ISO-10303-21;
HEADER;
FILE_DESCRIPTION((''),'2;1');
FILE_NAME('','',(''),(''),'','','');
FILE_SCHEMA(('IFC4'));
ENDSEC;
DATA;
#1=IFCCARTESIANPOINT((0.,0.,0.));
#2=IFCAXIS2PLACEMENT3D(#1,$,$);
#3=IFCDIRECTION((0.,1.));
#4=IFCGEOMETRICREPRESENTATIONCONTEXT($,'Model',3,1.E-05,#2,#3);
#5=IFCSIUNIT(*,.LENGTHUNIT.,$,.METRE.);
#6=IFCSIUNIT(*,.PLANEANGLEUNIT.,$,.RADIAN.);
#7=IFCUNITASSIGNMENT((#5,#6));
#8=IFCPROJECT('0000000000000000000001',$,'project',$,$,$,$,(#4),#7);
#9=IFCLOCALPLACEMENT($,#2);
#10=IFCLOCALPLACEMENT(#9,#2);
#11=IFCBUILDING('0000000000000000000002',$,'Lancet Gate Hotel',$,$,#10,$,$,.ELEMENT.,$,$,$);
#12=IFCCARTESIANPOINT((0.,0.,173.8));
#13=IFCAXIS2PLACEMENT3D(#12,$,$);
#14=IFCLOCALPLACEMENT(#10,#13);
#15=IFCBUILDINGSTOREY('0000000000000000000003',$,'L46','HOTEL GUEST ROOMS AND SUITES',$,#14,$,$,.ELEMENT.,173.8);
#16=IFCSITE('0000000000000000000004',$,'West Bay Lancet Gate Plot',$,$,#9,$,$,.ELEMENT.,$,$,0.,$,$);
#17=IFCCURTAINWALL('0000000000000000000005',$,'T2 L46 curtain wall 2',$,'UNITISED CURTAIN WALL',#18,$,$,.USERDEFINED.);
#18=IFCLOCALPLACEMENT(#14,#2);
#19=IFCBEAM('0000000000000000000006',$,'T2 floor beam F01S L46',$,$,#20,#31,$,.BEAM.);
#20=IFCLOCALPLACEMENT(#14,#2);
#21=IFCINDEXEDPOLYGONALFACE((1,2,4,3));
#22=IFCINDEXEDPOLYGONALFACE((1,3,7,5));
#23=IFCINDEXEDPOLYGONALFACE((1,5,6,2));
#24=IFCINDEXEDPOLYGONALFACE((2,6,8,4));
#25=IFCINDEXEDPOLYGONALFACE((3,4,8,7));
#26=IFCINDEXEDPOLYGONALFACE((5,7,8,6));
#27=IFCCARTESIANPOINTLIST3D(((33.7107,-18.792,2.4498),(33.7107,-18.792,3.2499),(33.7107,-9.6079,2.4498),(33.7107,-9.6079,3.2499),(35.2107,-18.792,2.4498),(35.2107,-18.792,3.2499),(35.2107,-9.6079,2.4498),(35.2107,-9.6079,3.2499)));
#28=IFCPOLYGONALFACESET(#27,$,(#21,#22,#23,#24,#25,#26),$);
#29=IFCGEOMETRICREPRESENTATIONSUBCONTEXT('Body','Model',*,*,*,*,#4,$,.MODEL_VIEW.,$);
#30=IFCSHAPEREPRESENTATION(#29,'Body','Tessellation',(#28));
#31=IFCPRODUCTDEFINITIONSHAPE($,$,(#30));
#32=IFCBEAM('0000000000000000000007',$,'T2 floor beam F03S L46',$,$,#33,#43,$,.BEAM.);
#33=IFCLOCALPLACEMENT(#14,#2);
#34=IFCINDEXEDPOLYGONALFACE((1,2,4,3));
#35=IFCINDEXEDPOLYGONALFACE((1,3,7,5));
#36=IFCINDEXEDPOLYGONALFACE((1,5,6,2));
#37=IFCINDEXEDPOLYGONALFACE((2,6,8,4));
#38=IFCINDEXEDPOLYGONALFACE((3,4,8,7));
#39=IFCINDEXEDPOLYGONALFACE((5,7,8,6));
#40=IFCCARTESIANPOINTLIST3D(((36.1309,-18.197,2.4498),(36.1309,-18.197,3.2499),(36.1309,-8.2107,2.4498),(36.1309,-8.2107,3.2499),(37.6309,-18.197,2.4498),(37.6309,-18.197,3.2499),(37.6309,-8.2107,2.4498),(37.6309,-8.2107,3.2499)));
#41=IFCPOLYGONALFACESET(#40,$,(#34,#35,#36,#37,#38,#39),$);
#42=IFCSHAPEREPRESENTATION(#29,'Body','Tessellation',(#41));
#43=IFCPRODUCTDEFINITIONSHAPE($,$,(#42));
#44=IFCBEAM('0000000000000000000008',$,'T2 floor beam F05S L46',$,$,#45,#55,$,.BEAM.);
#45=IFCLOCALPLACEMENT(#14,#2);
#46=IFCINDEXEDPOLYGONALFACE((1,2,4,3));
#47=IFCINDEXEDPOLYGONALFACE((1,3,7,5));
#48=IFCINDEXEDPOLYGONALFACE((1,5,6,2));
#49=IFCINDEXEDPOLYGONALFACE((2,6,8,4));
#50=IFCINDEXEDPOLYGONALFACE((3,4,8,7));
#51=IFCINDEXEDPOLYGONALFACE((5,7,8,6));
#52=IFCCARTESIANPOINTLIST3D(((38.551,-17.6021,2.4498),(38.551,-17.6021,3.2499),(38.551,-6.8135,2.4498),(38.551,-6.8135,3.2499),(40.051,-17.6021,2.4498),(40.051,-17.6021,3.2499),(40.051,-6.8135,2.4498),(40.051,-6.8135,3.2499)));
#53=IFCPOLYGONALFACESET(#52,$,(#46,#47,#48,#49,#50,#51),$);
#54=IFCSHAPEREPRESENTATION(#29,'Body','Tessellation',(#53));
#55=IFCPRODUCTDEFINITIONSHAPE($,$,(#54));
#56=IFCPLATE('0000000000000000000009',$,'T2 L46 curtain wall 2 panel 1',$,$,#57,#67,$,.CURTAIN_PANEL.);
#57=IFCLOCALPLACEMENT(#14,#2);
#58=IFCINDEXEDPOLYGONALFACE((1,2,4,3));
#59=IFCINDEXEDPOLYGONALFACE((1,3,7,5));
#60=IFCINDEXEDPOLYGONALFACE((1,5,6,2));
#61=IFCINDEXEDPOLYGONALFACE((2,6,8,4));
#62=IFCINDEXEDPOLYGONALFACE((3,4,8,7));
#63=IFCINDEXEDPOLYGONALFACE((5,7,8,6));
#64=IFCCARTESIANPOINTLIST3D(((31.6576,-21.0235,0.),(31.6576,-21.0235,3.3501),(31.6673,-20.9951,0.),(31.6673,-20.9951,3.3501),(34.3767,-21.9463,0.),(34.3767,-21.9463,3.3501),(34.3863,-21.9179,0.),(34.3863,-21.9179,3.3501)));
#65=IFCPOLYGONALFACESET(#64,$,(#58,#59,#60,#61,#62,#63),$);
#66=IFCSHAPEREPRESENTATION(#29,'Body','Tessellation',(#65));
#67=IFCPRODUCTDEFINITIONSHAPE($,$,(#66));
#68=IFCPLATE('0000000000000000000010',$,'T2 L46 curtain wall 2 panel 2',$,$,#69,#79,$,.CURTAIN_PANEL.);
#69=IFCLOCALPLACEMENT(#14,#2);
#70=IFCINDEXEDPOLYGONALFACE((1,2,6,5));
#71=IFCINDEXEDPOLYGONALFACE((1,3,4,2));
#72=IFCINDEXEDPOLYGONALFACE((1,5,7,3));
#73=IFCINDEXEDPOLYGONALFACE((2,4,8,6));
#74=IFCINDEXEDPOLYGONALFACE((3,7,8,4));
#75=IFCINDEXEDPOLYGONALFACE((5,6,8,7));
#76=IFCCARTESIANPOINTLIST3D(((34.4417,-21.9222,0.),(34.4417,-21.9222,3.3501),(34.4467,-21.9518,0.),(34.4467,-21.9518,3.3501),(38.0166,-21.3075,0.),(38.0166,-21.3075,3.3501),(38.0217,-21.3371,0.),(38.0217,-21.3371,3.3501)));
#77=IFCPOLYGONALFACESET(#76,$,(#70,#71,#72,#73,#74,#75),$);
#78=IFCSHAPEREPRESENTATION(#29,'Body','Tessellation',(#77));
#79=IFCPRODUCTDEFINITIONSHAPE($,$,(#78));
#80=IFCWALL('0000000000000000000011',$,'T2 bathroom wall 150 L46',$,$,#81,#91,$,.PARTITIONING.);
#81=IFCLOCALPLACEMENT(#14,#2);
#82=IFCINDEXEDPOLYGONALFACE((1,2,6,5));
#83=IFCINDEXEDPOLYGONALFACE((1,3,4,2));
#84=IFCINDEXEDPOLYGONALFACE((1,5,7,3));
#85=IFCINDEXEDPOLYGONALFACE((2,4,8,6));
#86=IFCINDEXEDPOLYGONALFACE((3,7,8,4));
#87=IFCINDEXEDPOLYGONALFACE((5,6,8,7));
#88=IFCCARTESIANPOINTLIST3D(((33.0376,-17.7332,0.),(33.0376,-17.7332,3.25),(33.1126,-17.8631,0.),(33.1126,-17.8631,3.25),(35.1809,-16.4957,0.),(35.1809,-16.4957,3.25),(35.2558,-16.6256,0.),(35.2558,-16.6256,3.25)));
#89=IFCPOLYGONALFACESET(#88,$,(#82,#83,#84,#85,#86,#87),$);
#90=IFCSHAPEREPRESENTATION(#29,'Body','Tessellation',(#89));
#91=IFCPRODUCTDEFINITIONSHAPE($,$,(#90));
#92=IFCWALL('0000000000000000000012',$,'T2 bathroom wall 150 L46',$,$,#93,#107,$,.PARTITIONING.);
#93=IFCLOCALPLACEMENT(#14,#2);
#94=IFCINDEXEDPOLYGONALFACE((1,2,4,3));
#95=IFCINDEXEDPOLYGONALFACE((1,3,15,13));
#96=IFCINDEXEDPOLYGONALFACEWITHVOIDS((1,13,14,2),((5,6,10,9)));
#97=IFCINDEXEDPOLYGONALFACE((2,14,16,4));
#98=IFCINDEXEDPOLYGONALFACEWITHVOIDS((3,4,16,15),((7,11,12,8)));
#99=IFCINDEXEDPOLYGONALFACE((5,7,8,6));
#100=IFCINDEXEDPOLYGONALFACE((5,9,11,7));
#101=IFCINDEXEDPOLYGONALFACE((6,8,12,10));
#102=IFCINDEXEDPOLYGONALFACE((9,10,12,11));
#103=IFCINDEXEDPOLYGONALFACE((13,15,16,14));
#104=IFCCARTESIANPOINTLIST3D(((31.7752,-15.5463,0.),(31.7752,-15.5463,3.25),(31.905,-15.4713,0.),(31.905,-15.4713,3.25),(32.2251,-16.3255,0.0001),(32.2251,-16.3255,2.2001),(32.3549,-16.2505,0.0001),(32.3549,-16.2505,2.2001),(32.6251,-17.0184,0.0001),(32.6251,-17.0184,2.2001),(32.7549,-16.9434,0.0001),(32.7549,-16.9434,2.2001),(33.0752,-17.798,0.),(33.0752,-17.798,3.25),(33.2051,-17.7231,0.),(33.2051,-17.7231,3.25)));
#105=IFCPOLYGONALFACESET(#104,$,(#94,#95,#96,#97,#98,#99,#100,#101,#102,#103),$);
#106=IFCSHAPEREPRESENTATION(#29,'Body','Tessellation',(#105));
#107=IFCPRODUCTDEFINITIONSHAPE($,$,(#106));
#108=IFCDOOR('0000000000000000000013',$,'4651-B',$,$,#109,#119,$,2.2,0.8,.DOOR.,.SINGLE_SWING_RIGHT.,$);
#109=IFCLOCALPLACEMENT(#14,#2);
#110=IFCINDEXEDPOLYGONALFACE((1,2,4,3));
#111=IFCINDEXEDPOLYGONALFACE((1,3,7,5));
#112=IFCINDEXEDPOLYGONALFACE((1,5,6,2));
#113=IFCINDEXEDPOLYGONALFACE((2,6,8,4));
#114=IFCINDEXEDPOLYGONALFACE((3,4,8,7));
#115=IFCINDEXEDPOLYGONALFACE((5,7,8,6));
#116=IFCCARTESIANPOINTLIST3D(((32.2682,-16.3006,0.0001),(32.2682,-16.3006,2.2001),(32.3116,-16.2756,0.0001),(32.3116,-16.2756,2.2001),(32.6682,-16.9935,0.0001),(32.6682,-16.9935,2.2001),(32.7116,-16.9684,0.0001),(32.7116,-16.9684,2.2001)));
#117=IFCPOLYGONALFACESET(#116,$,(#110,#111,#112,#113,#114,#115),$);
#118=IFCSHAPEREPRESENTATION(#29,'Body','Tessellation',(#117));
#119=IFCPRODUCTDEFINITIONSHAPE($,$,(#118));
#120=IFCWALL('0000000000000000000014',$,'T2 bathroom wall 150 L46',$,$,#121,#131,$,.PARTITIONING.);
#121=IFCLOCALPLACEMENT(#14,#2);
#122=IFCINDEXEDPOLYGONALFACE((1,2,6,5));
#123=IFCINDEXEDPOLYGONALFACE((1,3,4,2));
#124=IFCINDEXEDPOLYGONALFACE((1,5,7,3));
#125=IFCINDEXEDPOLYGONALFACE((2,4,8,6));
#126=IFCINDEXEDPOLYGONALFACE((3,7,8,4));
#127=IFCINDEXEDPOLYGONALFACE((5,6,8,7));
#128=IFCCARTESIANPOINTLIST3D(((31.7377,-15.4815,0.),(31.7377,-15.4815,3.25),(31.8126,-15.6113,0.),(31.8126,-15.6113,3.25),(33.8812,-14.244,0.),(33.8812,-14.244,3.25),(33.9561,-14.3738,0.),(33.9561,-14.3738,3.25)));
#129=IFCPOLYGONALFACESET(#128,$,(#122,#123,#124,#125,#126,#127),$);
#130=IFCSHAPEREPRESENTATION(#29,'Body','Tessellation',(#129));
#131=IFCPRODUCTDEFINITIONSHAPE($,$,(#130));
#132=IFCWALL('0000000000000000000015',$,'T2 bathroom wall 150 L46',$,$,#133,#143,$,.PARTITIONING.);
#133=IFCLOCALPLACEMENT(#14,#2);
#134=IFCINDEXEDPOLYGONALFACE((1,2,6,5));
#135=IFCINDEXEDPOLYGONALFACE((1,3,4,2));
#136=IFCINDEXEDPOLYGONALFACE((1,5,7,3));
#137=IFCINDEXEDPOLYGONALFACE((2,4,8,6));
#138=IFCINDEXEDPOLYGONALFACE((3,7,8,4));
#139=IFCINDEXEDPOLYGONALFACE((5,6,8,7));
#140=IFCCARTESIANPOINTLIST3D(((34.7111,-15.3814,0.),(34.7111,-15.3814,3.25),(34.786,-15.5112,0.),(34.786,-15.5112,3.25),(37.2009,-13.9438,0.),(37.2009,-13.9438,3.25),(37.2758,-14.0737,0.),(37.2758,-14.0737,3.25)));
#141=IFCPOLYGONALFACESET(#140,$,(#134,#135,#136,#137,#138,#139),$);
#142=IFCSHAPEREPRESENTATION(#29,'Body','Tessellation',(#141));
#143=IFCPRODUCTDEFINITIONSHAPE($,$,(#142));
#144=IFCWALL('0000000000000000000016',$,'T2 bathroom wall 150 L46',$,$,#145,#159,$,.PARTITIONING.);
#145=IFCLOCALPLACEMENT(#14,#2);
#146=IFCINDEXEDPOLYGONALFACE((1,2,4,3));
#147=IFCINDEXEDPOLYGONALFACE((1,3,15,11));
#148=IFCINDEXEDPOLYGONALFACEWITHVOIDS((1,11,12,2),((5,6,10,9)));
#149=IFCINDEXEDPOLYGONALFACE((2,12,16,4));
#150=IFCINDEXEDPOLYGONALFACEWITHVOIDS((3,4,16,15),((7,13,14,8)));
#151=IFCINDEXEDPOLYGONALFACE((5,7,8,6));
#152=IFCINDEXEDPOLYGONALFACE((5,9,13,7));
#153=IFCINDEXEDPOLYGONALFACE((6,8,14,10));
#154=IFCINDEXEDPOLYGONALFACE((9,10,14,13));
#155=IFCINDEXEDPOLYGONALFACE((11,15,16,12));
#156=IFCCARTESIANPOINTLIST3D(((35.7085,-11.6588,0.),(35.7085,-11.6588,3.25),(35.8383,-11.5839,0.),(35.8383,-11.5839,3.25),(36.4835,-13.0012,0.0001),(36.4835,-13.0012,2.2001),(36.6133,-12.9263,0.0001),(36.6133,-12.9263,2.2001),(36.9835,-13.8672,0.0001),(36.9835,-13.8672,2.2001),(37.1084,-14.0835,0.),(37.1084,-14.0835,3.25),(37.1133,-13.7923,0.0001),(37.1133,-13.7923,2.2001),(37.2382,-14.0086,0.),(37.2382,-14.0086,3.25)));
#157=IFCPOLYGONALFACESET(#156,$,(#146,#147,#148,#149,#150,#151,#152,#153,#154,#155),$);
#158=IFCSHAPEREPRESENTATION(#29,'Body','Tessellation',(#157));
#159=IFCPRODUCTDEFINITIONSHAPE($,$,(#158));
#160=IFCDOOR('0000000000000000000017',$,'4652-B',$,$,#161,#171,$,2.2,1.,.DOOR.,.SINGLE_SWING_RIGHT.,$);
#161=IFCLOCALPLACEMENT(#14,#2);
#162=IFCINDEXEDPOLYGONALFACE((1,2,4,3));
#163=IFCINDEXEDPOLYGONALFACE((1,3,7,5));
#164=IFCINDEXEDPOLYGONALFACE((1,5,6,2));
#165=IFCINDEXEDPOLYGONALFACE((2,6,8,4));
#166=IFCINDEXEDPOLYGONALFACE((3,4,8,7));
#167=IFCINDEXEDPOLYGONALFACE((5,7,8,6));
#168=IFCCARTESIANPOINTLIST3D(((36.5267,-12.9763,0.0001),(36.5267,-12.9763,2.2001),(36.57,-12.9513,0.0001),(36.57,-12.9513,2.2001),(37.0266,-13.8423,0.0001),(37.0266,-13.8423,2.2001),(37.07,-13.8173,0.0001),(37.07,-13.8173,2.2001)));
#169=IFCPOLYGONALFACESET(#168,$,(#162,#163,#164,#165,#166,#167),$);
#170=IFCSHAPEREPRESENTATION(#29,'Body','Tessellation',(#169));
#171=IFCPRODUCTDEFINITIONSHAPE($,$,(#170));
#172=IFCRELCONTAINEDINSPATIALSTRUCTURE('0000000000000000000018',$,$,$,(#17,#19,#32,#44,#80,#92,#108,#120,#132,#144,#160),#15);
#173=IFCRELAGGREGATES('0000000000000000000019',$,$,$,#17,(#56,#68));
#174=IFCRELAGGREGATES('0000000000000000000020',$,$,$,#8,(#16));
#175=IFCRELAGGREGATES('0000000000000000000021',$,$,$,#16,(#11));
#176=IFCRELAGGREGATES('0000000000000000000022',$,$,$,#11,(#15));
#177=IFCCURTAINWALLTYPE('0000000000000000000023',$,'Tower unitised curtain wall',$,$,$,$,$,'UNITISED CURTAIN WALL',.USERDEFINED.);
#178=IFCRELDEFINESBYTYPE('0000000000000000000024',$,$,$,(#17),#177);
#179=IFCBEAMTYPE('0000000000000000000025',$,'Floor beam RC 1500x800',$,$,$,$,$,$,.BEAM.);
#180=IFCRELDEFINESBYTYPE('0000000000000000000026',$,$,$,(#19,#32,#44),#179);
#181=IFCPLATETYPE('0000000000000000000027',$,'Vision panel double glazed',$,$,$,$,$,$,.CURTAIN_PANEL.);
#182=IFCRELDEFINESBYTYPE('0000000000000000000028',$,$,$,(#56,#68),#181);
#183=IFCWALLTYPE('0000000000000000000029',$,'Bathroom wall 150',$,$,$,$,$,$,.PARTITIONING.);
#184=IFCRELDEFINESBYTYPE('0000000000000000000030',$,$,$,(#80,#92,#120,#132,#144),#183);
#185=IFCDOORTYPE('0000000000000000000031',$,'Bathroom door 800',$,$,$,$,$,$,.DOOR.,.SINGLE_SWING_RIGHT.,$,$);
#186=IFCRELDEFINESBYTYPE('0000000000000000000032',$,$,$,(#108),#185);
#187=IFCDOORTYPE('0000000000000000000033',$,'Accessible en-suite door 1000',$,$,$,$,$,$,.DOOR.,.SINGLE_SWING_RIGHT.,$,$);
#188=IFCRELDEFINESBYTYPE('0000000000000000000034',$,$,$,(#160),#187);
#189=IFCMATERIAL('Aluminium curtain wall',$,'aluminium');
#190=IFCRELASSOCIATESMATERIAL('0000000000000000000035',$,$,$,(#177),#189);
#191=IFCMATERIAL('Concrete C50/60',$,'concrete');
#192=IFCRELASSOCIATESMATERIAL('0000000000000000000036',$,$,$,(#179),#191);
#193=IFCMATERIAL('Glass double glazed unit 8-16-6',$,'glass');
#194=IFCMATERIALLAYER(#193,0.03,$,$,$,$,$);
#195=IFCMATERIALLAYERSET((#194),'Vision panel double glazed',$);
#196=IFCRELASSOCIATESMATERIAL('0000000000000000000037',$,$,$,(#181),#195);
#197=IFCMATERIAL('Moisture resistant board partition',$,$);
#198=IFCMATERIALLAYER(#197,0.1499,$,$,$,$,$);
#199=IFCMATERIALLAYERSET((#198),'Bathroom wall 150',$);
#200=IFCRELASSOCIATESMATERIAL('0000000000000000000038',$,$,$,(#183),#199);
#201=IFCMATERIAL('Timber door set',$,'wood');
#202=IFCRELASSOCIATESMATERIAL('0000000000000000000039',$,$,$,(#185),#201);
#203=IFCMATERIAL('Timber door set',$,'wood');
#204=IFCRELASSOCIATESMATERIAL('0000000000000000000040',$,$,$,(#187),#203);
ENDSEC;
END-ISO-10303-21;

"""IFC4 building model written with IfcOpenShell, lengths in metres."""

from ifc_helpers import new_model, si_unit, direction, frame, frame_2d, origin, origin_2d, place, context, subcontext, project, spatial, rectangle, extrude, material, layer, layer_set, material_profile, profile_set, type_object, element, fill, aggregate, save


model = new_model("IFC4")

# Units and contexts
model_context = context("Model", 3, precision=1e-05, world=origin(), true_north=direction((0.0, 1.0)))
body_context = subcontext(model_context, "Body", "Model", "MODEL_VIEW")
ifc_project = project(units=[si_unit("LENGTHUNIT", "METRE"), si_unit("PLANEANGLEUNIT", "RADIAN")], contexts=[model_context])

# Site, building, storey
site_placement = place(None, origin())
site = spatial("IfcSite", under=ifc_project, at=site_placement, Name="West Bay Lancet Gate Plot", CompositionType="ELEMENT", RefElevation=0.0)
building_placement = place(site_placement, origin())
building = spatial("IfcBuilding", under=site, at=building_placement, Name="Lancet Gate Hotel", CompositionType="ELEMENT")
storey_placement = place(building_placement, frame((0.0, 0.0, 173.8)))
storey = spatial("IfcBuildingStorey", under=building, at=storey_placement, Name="L46", Description="HOTEL GUEST ROOMS AND SUITES", CompositionType="ELEMENT", Elevation=173.8)

# Curtain wall
ifc_material_1 = material(Name="Aluminium curtain wall", Category="aluminium")
curtain_wall_type = type_object("IfcCurtainWallType", Name="Tower unitised curtain wall", ElementType="UNITISED CURTAIN WALL", PredefinedType="USERDEFINED", material=ifc_material_1)
curtain_wall_placement = place(storey_placement, origin())
curtain_wall = element("IfcCurtainWall", 1, at=curtain_wall_placement, inside=storey, type_object=curtain_wall_type, Name="T2 L46 curtain wall 2", ObjectType="UNITISED CURTAIN WALL", PredefinedType="USERDEFINED")

# Beams
ifc_material_2 = material(Name="Concrete C50/60", Category="concrete")
ifc_material_profile_1 = material_profile(ifc_material_2, rectangle(XDim=1.5, YDim=0.8, at=origin_2d()), Name="RC 1500x800")
ifc_profile_set_1 = profile_set([ifc_material_profile_1], Name="Concrete C50/60")
beam_type_1 = type_object("IfcBeamType", Name="Floor beam RC 1500x800", PredefinedType="BEAM", material=ifc_profile_set_1)
beam_1_placement = place(storey_placement, frame((34.4607, -18.792, 2.8499), z_axis=(0.0, 1.0, 0.0), x_axis=(-1.0, 0.0, 0.0)))
element("IfcBeam", 2, at=beam_1_placement, inside=storey, type_object=beam_type_1, Name="T2 floor beam F01S L46", PredefinedType="BEAM", context=body_context, shape_type="SweptSolid", body=[
    extrude(rectangle(XDim=1.5, YDim=0.8, at=origin_2d()), origin(), (0.0, 0.0, 1.0), 9.1841),
])
beam_2_placement = place(storey_placement, frame((36.8809, -18.197, 2.8499), z_axis=(0.0, 1.0, 0.0), x_axis=(-1.0, 0.0, 0.0)))
element("IfcBeam", 3, at=beam_2_placement, inside=storey, type_object=beam_type_1, Name="T2 floor beam F03S L46", PredefinedType="BEAM", context=body_context, shape_type="SweptSolid", body=[
    extrude(rectangle(XDim=1.5, YDim=0.8, at=origin_2d()), origin(), (0.0, 0.0, 1.0), 9.9863),
])
beam_3_placement = place(storey_placement, frame((39.301, -17.6021, 2.8499), z_axis=(0.0, 1.0, 0.0), x_axis=(-1.0, 0.0, 0.0)))
element("IfcBeam", 4, at=beam_3_placement, inside=storey, type_object=beam_type_1, Name="T2 floor beam F05S L46", PredefinedType="BEAM", context=body_context, shape_type="SweptSolid", body=[
    extrude(rectangle(XDim=1.5, YDim=0.8, at=origin_2d()), origin(), (0.0, 0.0, 1.0), 10.7886),
])

# Plates
ifc_material_3 = material(Name="Glass double glazed unit 8-16-6", Category="glass")
ifc_layer_1 = layer(ifc_material_3, 0.03)
ifc_layer_set_1 = layer_set([ifc_layer_1], Name="Vision panel double glazed")
plate_type = type_object("IfcPlateType", Name="Vision panel double glazed", PredefinedType="CURTAIN_PANEL", material=ifc_layer_set_1)
plate_1_placement = place(storey_placement, frame((33.022, -21.4707, 0.0), z_axis=(0.0, 0.0, 1.0), x_axis=(0.946952, -0.321374, 0.0)))
plate_1 = element("IfcPlate", 5, at=plate_1_placement, type_object=plate_type, Name="T2 L46 curtain wall 2 panel 1", PredefinedType="CURTAIN_PANEL", context=body_context, shape_type="SweptSolid", body=[
    extrude(rectangle(XDim=2.8713, YDim=0.03, at=origin_2d()), origin(), (0.0, 0.0, 1.0), 3.3501),
])
plate_2_placement = place(storey_placement, frame((36.2317, -21.6296, 0.0), z_axis=(0.0, 0.0, 1.0), x_axis=(0.98554, 0.169445, 0.0)))
plate_2 = element("IfcPlate", 6, at=plate_2_placement, type_object=plate_type, Name="T2 L46 curtain wall 2 panel 2", PredefinedType="CURTAIN_PANEL", context=body_context, shape_type="SweptSolid", body=[
    extrude(rectangle(XDim=3.6274, YDim=0.03, at=origin_2d()), origin(), (0.0, 0.0, 1.0), 3.3501),
])
aggregate(curtain_wall, [plate_1, plate_2])

# Wall
ifc_material_4 = material(Name="Moisture resistant board partition")
ifc_layer_2 = layer(ifc_material_4, 0.1499)
ifc_layer_set_2 = layer_set([ifc_layer_2], Name="Bathroom wall 150")
wall_type_1 = type_object("IfcWallType", Name="Bathroom wall 150", PredefinedType="PARTITIONING", material=ifc_layer_set_2)
wall_1_placement = place(storey_placement, frame((33.0752, -17.7981, 0.0), z_axis=(0.0, 0.0, 1.0), x_axis=(0.866007, 0.500033, 0.0)))
element("IfcWall", 7, at=wall_1_placement, inside=storey, type_object=wall_type_1, Name="T2 bathroom wall 150 L46", PredefinedType="PARTITIONING", context=body_context, shape_type="SweptSolid", body=[
    extrude(rectangle(XDim=2.4749, YDim=0.1499, at=frame_2d((1.2373, 0.0))), origin(), (0.0, 0.0, 1.0), 3.25),
])

# Wall, opening, door
wall_2_placement = place(storey_placement, frame((31.8401, -15.5088, 0.0), z_axis=(0.0, 0.0, 1.0), x_axis=(0.500007, -0.866021, 0.0)))
wall_2 = element("IfcWall", 8, at=wall_2_placement, inside=storey, type_object=wall_type_1, Name="T2 bathroom wall 150 L46", PredefinedType="PARTITIONING", context=body_context, shape_type="SweptSolid", body=[
    extrude(rectangle(XDim=2.6001, YDim=0.1499, at=frame_2d((1.3, 0.0))), origin(), (0.0, 0.0, 1.0), 3.25),
])
opening_1_placement = place(wall_2_placement, frame((0.8999, 0.0, 0.0)))
opening_1 = element("IfcOpeningElement", 9, at=opening_1_placement, cuts=wall_2, PredefinedType="OPENING", context=body_context, shape_type="SweptSolid", body=[
    extrude(rectangle(XDim=0.8, YDim=2.2, at=frame_2d((0.3999, 1.1001))), frame((0.0, 0.085, 0.0), z_axis=(0.0, -1.0, 0.0), x_axis=(1.0, 0.0, 0.0)), (0.0, 0.0, 1.0), 0.1699),
])
ifc_material_5 = material(Name="Timber door set", Category="wood")
door_type_1 = type_object("IfcDoorType", Name="Bathroom door 800", OperationType="SINGLE_SWING_RIGHT", PredefinedType="DOOR", material=ifc_material_5)
door_1_placement = place(opening_1_placement, origin())
door_1 = element("IfcDoor", 10, at=door_1_placement, inside=storey, type_object=door_type_1, Name="4651-B", OperationType="SINGLE_SWING_RIGHT", OverallHeight=2.2, OverallWidth=0.8, PredefinedType="DOOR", context=body_context, shape_type="SweptSolid", body=[
    extrude(rectangle(XDim=0.8, YDim=2.2, at=frame_2d((0.3999, 1.1001))), frame((0.0, 0.0249, 0.0), z_axis=(0.0, -1.0, 0.0), x_axis=(1.0, 0.0, 0.0)), (0.0, 0.0, 1.0), 0.05),
])
fill(opening_1, door_1)

# Walls
wall_3_placement = place(storey_placement, frame((31.7751, -15.5464, 0.0), z_axis=(0.0, 0.0, 1.0), x_axis=(0.866031, 0.49999, 0.0)))
element("IfcWall", 11, at=wall_3_placement, inside=storey, type_object=wall_type_1, Name="T2 bathroom wall 150 L46", PredefinedType="PARTITIONING", context=body_context, shape_type="SweptSolid", body=[
    extrude(rectangle(XDim=2.4751, YDim=0.1499, at=frame_2d((1.2375, 0.0))), origin(), (0.0, 0.0, 1.0), 3.25),
])
wall_4_placement = place(storey_placement, frame((34.7485, -15.4463, 0.0), z_axis=(0.0, 0.0, 1.0), x_axis=(0.866019, 0.500012, 0.0)))
element("IfcWall", 12, at=wall_4_placement, inside=storey, type_object=wall_type_1, Name="T2 bathroom wall 150 L46", PredefinedType="PARTITIONING", context=body_context, shape_type="SweptSolid", body=[
    extrude(rectangle(XDim=2.875, YDim=0.1499, at=frame_2d((1.4375, 0.0))), origin(), (0.0, 0.0, 1.0), 3.25),
])

# Wall, opening, door
wall_5_placement = place(storey_placement, frame((35.7734, -11.6213, 0.0), z_axis=(0.0, 0.0, 1.0), x_axis=(0.499984, -0.866035, 0.0)))
wall_5 = element("IfcWall", 13, at=wall_5_placement, inside=storey, type_object=wall_type_1, Name="T2 bathroom wall 150 L46", PredefinedType="PARTITIONING", context=body_context, shape_type="SweptSolid", body=[
    extrude(rectangle(XDim=2.7998, YDim=0.1499, at=frame_2d((1.3999, 0.0))), origin(), (0.0, 0.0, 1.0), 3.25),
])
opening_2_placement = place(wall_5_placement, frame((1.55, 0.0, 0.0)))
opening_2 = element("IfcOpeningElement", 14, at=opening_2_placement, cuts=wall_5, PredefinedType="OPENING", context=body_context, shape_type="SweptSolid", body=[
    extrude(rectangle(XDim=1.0, YDim=2.2, at=frame_2d((0.5, 1.1001))), frame((0.0, 0.085, 0.0), z_axis=(0.0, -1.0, 0.0), x_axis=(1.0, 0.0, 0.0)), (0.0, 0.0, 1.0), 0.1699),
])
ifc_material_6 = material(Name="Timber door set", Category="wood")
door_type_2 = type_object("IfcDoorType", Name="Accessible en-suite door 1000", OperationType="SINGLE_SWING_RIGHT", PredefinedType="DOOR", material=ifc_material_6)
door_2_placement = place(opening_2_placement, origin())
door_2 = element("IfcDoor", 15, at=door_2_placement, inside=storey, type_object=door_type_2, Name="4652-B", OperationType="SINGLE_SWING_RIGHT", OverallHeight=2.2, OverallWidth=1.0, PredefinedType="DOOR", context=body_context, shape_type="SweptSolid", body=[
    extrude(rectangle(XDim=1.0, YDim=2.2, at=frame_2d((0.5, 1.1001))), frame((0.0, 0.0249, 0.0), z_axis=(0.0, -1.0, 0.0), x_axis=(1.0, 0.0, 0.0)), (0.0, 0.0, 1.0), 0.05),
])
fill(opening_2, door_2)

save(model, "model.ifc")
